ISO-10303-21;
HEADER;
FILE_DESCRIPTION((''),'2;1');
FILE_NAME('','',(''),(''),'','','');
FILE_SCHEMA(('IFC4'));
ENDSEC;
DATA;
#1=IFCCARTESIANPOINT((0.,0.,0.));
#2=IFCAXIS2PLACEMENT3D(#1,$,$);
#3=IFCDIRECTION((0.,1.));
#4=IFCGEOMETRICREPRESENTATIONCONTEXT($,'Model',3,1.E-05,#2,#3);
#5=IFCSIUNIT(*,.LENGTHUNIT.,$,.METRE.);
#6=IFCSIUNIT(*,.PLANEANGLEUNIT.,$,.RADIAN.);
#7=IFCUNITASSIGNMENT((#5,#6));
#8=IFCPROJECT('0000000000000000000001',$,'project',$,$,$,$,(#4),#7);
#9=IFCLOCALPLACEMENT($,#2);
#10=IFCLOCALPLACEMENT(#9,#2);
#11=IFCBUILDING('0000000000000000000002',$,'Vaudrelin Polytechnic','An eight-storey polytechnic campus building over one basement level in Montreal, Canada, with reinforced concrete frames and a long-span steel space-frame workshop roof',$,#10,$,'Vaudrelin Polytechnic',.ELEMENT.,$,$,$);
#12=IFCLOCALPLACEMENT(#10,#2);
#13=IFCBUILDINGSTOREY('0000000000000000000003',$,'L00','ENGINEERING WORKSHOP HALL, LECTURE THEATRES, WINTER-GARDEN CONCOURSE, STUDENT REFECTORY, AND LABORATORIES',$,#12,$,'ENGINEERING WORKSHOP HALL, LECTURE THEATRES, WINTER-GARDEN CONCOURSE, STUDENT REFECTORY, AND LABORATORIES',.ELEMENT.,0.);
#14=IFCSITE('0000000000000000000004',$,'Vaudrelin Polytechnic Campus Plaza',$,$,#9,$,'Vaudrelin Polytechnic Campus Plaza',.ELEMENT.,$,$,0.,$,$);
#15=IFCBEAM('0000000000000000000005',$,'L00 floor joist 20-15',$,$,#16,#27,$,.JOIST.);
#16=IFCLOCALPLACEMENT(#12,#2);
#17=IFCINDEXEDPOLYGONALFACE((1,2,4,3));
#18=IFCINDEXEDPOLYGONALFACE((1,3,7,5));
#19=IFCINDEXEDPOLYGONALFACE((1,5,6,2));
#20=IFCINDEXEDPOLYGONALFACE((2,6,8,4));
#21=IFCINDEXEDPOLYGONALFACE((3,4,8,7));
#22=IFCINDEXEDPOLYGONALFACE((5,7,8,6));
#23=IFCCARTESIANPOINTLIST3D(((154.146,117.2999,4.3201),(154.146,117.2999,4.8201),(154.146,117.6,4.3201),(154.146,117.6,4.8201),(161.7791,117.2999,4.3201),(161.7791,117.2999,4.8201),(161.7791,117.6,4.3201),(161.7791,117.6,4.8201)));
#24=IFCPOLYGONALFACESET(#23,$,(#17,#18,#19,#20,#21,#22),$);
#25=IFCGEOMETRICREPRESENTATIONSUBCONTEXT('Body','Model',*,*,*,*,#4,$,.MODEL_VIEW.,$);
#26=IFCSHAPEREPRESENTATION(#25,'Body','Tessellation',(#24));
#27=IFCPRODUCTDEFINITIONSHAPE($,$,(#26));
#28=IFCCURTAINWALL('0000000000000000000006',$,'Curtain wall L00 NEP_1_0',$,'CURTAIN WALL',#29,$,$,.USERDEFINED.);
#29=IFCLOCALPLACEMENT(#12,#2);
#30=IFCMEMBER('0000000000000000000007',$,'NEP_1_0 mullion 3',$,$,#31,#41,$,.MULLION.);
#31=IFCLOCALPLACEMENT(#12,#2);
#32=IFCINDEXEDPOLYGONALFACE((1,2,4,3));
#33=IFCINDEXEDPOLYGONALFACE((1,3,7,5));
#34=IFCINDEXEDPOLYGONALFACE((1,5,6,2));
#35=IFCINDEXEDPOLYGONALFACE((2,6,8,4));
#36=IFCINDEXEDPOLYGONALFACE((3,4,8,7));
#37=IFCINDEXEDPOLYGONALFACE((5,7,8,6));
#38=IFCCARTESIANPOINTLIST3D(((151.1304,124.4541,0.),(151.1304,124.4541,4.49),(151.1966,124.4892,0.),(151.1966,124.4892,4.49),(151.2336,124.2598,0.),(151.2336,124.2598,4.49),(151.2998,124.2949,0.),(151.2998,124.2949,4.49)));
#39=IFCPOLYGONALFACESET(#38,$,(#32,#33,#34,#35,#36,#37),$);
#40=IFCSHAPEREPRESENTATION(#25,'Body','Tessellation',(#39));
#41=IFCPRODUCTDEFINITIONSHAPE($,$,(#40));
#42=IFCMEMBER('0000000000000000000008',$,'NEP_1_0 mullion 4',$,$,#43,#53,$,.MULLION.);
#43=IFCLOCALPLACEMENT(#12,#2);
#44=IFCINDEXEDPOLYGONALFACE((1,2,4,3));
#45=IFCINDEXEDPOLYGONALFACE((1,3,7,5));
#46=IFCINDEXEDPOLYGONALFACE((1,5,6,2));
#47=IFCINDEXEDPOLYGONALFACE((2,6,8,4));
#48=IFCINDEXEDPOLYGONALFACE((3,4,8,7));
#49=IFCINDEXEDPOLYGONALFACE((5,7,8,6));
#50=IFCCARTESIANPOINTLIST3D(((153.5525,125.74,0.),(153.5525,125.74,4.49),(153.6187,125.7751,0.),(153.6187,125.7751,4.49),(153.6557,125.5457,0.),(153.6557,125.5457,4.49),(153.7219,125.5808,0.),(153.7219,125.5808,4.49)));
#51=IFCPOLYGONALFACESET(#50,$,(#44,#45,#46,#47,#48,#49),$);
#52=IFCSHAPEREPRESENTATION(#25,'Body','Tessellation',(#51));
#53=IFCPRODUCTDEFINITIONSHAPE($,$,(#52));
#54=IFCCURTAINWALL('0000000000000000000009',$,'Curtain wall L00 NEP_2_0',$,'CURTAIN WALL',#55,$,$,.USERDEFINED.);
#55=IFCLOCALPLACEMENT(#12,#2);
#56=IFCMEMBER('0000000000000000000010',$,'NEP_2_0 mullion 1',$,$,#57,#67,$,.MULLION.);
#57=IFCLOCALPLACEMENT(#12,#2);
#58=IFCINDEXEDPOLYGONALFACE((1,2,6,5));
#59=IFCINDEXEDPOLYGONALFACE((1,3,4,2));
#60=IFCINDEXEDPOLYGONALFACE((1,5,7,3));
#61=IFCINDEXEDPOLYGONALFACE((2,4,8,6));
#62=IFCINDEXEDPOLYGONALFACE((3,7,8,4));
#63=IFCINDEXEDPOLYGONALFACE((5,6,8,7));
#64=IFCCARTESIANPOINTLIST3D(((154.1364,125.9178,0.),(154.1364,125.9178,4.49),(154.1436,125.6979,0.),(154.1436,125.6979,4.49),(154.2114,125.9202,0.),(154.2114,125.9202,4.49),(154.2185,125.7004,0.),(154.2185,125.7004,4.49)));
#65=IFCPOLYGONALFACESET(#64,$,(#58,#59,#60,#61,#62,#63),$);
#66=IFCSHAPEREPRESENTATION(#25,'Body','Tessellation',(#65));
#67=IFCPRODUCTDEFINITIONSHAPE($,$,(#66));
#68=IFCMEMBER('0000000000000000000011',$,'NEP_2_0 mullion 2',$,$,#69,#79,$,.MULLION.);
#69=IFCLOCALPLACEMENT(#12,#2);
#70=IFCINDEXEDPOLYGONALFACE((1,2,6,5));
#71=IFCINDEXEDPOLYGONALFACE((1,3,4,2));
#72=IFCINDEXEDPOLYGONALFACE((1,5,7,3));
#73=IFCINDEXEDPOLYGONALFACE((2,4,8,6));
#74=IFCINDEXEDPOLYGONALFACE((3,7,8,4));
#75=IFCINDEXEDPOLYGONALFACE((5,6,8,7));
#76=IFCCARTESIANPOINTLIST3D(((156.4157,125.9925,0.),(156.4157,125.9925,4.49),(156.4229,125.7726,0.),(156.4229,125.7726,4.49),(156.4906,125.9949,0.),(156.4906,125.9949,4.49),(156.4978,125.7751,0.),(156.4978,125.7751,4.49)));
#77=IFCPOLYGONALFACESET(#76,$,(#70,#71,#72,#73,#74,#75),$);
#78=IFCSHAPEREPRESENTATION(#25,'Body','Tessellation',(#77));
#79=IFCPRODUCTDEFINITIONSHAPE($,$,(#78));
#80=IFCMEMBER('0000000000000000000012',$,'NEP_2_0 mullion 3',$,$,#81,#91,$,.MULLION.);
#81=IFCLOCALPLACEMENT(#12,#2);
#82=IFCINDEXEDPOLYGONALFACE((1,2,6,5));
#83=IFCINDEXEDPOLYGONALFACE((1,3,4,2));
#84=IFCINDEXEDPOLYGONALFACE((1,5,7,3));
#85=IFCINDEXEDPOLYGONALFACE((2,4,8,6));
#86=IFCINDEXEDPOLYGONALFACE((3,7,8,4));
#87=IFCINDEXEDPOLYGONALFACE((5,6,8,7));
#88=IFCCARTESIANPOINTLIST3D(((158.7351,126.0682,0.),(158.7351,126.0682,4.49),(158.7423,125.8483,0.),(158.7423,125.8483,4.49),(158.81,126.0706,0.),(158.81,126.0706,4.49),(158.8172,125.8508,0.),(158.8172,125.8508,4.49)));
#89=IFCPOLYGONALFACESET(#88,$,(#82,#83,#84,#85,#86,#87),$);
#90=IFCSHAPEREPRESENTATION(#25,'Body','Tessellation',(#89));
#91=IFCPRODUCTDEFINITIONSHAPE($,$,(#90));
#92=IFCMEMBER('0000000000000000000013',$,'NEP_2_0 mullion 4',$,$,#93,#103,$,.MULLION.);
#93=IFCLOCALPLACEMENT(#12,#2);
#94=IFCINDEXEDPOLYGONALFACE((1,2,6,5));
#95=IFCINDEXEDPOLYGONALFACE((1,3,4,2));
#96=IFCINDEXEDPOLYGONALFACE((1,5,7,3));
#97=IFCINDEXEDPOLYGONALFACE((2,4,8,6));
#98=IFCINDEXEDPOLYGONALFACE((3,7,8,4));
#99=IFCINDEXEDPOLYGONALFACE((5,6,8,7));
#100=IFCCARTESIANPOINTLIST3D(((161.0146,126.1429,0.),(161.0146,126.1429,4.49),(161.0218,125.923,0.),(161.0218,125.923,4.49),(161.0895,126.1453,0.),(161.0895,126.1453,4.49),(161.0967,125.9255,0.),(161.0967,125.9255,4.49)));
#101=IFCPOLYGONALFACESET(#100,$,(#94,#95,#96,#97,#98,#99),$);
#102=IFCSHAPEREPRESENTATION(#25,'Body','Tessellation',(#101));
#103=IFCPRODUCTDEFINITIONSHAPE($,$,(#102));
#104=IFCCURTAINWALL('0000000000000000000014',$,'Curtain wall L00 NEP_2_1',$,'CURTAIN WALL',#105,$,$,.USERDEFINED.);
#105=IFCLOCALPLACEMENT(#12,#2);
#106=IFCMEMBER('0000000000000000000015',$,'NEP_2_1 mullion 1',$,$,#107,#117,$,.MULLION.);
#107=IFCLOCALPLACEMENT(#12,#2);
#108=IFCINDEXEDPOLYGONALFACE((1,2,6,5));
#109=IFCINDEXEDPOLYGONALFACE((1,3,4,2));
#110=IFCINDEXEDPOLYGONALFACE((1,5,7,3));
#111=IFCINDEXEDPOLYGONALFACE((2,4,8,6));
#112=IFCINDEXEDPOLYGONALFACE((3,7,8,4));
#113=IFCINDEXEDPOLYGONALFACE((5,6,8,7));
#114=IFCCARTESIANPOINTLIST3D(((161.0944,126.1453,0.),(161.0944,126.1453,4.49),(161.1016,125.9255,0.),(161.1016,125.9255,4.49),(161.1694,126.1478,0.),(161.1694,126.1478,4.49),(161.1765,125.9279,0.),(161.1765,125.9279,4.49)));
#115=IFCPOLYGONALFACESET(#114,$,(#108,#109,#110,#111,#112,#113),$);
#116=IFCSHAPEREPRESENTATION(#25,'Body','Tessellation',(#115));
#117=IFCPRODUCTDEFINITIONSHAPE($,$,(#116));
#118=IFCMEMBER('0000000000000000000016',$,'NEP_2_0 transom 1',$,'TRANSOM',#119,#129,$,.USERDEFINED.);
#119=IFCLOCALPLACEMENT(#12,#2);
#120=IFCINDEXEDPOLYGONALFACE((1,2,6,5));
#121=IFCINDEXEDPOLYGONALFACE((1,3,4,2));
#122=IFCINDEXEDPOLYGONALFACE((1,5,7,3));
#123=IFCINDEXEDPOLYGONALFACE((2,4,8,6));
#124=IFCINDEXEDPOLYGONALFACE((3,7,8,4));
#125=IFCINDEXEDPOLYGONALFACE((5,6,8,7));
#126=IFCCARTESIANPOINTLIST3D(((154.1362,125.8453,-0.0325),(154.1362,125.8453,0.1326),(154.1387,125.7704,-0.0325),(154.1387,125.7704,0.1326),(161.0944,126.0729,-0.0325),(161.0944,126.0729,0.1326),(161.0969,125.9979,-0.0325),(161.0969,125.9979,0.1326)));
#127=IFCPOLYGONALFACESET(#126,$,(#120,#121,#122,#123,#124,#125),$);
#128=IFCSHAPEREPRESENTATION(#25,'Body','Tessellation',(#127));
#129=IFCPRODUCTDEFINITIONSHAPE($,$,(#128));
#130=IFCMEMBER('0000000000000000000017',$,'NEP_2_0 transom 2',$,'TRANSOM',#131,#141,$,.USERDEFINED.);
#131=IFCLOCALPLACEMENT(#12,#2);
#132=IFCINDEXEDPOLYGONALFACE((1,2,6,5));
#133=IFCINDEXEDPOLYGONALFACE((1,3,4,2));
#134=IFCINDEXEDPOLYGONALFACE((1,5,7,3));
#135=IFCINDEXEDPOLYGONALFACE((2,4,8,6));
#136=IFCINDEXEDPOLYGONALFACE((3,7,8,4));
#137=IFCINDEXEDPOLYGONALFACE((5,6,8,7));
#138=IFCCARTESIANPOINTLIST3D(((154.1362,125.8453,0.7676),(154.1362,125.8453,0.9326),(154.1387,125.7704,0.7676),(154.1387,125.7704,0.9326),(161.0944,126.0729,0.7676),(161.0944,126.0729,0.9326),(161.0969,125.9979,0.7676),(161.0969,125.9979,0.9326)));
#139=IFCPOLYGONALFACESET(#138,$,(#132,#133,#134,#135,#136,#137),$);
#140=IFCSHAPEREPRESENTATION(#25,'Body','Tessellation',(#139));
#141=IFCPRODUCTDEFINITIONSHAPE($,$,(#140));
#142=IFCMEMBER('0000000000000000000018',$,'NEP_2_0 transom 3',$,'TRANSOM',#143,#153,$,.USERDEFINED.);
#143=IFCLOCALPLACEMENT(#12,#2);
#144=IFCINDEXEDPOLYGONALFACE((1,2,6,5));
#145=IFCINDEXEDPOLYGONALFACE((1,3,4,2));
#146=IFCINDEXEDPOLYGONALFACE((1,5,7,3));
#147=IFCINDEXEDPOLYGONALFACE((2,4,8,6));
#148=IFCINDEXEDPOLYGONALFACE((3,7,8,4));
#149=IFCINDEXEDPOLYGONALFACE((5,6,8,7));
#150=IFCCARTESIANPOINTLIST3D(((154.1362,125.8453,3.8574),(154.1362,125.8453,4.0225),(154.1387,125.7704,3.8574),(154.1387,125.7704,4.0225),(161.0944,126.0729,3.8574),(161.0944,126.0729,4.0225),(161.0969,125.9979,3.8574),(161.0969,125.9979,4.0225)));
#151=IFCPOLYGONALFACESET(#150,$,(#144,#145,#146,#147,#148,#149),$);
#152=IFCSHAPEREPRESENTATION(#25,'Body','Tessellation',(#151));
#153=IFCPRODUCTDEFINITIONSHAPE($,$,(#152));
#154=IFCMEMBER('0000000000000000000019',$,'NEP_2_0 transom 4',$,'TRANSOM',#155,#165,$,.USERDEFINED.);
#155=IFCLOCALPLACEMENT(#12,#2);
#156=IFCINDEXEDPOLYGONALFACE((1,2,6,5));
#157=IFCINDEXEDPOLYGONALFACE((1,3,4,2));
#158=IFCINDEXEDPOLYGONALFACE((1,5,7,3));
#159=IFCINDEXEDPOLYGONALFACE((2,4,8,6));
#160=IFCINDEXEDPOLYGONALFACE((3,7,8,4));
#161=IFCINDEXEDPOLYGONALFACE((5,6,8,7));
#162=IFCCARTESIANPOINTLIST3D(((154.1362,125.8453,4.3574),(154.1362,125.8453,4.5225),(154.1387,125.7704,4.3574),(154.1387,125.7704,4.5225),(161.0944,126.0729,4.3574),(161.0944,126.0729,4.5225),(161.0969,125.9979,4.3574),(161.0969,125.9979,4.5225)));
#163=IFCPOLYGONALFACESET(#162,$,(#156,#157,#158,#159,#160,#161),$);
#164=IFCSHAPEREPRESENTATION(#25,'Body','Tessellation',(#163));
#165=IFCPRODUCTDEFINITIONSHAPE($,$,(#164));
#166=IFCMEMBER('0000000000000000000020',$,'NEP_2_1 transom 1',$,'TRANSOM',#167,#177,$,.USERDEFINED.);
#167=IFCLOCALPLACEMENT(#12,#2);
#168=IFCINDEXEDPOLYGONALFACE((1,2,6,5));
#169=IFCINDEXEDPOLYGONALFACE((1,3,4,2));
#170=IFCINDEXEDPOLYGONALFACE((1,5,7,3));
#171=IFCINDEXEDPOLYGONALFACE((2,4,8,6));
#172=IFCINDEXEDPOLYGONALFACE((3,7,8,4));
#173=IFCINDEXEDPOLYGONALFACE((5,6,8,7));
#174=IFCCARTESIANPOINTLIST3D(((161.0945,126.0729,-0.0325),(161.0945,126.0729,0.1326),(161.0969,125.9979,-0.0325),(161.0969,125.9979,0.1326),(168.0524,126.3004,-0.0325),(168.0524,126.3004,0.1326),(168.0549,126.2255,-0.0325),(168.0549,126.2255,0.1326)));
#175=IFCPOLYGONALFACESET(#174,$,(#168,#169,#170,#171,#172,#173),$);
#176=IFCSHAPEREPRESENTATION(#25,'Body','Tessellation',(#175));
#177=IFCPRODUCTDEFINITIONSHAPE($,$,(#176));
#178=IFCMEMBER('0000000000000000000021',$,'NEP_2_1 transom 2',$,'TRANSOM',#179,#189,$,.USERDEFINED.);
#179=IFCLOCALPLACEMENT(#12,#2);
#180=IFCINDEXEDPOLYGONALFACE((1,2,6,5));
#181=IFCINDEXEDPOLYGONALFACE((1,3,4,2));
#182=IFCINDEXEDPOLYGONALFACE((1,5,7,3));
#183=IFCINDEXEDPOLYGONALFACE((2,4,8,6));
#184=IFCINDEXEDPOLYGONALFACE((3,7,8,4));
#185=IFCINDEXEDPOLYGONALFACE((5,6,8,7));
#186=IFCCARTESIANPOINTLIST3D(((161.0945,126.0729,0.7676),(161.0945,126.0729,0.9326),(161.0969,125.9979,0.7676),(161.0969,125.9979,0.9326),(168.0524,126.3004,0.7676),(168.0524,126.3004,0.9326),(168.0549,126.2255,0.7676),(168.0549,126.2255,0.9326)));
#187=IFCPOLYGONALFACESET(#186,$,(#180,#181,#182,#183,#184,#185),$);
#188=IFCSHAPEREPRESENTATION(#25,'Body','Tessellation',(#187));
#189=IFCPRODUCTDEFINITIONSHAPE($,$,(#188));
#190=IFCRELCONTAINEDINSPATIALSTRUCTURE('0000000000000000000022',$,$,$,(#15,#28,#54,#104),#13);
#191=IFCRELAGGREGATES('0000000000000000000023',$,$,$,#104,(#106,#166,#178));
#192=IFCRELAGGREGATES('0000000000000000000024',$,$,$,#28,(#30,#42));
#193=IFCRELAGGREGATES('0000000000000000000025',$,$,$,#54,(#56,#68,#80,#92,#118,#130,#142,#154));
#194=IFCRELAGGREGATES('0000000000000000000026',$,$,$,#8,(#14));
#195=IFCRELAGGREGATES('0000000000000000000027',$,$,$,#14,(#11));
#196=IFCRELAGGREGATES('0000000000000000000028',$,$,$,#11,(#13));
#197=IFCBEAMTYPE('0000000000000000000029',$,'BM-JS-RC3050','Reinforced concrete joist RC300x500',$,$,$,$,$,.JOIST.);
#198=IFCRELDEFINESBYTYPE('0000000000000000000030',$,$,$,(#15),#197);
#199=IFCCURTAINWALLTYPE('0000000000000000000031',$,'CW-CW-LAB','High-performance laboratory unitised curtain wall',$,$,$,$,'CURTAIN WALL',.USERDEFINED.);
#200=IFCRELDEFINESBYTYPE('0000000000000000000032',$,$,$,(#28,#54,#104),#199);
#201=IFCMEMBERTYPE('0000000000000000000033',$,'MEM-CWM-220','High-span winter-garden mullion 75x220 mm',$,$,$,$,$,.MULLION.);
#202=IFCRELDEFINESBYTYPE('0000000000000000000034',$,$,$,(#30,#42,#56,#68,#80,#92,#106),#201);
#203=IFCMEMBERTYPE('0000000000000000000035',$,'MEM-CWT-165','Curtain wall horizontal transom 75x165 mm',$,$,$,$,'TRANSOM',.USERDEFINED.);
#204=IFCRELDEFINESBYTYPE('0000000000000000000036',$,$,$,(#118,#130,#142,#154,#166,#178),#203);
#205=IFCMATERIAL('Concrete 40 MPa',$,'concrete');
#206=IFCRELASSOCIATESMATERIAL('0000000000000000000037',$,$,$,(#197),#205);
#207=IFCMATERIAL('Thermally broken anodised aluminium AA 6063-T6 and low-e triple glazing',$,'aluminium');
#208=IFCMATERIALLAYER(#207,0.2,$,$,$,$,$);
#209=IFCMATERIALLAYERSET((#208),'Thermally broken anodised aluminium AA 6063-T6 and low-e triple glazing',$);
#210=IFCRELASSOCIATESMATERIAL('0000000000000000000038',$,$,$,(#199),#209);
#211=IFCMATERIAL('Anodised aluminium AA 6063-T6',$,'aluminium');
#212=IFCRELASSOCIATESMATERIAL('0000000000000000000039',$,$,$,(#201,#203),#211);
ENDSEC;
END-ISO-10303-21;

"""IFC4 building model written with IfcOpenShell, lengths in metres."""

from ifc_helpers import new_model, si_unit, direction, frame, origin, origin_2d, place, context, subcontext, project, spatial, rectangle, extrude, material, layer, layer_set, material_profile, profile_set, type_object, element, aggregate, save


model = new_model("IFC4")

# Units and contexts
model_context = context("Model", 3, precision=1e-05, world=origin(), true_north=direction((0.0, 1.0)))
body_context = subcontext(model_context, "Body", "Model", "MODEL_VIEW")
ifc_project = project(units=[si_unit("LENGTHUNIT", "METRE"), si_unit("PLANEANGLEUNIT", "RADIAN")], contexts=[model_context])

# Site, building, storey
site_placement = place(None, origin())
site = spatial("IfcSite", under=ifc_project, at=site_placement, Name="Vaudrelin Polytechnic Campus Plaza", LongName="Vaudrelin Polytechnic Campus Plaza", CompositionType="ELEMENT", RefElevation=0.0)
building_placement = place(site_placement, origin())
building = spatial("IfcBuilding", under=site, at=building_placement, Name="Vaudrelin Polytechnic", Description="An eight-storey polytechnic campus building over one basement level in Montreal, Canada, with reinforced concrete frames and a long-span steel space-frame workshop roof", LongName="Vaudrelin Polytechnic", CompositionType="ELEMENT")
storey_placement = place(building_placement, origin())
storey = spatial("IfcBuildingStorey", under=building, at=storey_placement, Name="L00", Description="ENGINEERING WORKSHOP HALL, LECTURE THEATRES, WINTER-GARDEN CONCOURSE, STUDENT REFECTORY, AND LABORATORIES", LongName="ENGINEERING WORKSHOP HALL, LECTURE THEATRES, WINTER-GARDEN CONCOURSE, STUDENT REFECTORY, AND LABORATORIES", CompositionType="ELEMENT", Elevation=0.0)

# Beam
ifc_material_1 = material(Name="Concrete 40 MPa", Category="concrete")
ifc_material_profile_1 = material_profile(ifc_material_1, rectangle(XDim=0.3, YDim=0.5, at=origin_2d()), Name="RC300x500")
ifc_profile_set_1 = profile_set([ifc_material_profile_1], Name="Concrete 40 MPa")
beam_type_1 = type_object("IfcBeamType", Name="BM-JS-RC3050", Description="Reinforced concrete joist RC300x500", PredefinedType="JOIST", material=ifc_profile_set_1)
beam_1_placement = place(storey_placement, frame((154.146, 117.45, 4.5701), z_axis=(1.0, 0.0, 0.0), x_axis=(0.0, 1.0, 0.0)))
element("IfcBeam", 1, at=beam_1_placement, inside=storey, type_object=beam_type_1, Name="L00 floor joist 20-15", PredefinedType="JOIST", context=body_context, shape_type="SweptSolid", body=[
    extrude(rectangle(XDim=0.3, YDim=0.5, at=origin_2d()), origin(), (0.0, 0.0, 1.0), 7.6331),
])

# Curtain walls, members
ifc_material_2 = material(Name="Thermally broken anodised aluminium AA 6063-T6 and low-e triple glazing", Category="aluminium")
ifc_layer_1 = layer(ifc_material_2, 0.2)
ifc_layer_set_1 = layer_set([ifc_layer_1], Name="Thermally broken anodised aluminium AA 6063-T6 and low-e triple glazing")
curtain_wall_type = type_object("IfcCurtainWallType", Name="CW-CW-LAB", Description="High-performance laboratory unitised curtain wall", ElementType="CURTAIN WALL", PredefinedType="USERDEFINED", material=ifc_layer_set_1)
curtain_wall_1_placement = place(storey_placement, origin())
curtain_wall_1 = element("IfcCurtainWall", 2, at=curtain_wall_1_placement, inside=storey, type_object=curtain_wall_type, Name="Curtain wall L00 NEP_1_0", ObjectType="CURTAIN WALL", PredefinedType="USERDEFINED")
ifc_material_3 = material(Name="Anodised aluminium AA 6063-T6", Category="aluminium")
ifc_material_profile_2 = material_profile(ifc_material_3, rectangle(XDim=0.075, YDim=0.22, at=origin_2d()), Name="CWM-75x220")
ifc_profile_set_2 = profile_set([ifc_material_profile_2], Name="Anodised aluminium AA 6063-T6")
member_type_1 = type_object("IfcMemberType", Name="MEM-CWM-220", Description="High-span winter-garden mullion 75x220 mm", PredefinedType="MULLION", material=ifc_profile_set_2)
member_1_placement = place(storey_placement, frame((151.2151, 124.3745, 0.0), z_axis=(0.0, 0.0, 1.0), x_axis=(0.883256, 0.46889, 0.0)))
member_1 = element("IfcMember", 3, at=member_1_placement, type_object=member_type_1, Name="NEP_1_0 mullion 3", PredefinedType="MULLION", context=body_context, shape_type="SweptSolid", body=[
    extrude(rectangle(XDim=0.075, YDim=0.22, at=origin_2d()), origin(), (0.0, 0.0, 1.0), 4.49),
])
member_2_placement = place(storey_placement, frame((153.6372, 125.6604, 0.0), z_axis=(0.0, 0.0, 1.0), x_axis=(0.883256, 0.46889, 0.0)))
member_2 = element("IfcMember", 4, at=member_2_placement, type_object=member_type_1, Name="NEP_1_0 mullion 4", PredefinedType="MULLION", context=body_context, shape_type="SweptSolid", body=[
    extrude(rectangle(XDim=0.075, YDim=0.22, at=origin_2d()), origin(), (0.0, 0.0, 1.0), 4.49),
])
curtain_wall_2_placement = place(storey_placement, origin())
curtain_wall_2 = element("IfcCurtainWall", 5, at=curtain_wall_2_placement, inside=storey, type_object=curtain_wall_type, Name="Curtain wall L00 NEP_2_0", ObjectType="CURTAIN WALL", PredefinedType="USERDEFINED")
member_3_placement = place(storey_placement, frame((154.1775, 125.8091, 0.0), z_axis=(0.0, 0.0, 1.0), x_axis=(0.999465, 0.032693, 0.0)))
member_3 = element("IfcMember", 6, at=member_3_placement, type_object=member_type_1, Name="NEP_2_0 mullion 1", PredefinedType="MULLION", context=body_context, shape_type="SweptSolid", body=[
    extrude(rectangle(XDim=0.075, YDim=0.22, at=origin_2d()), origin(), (0.0, 0.0, 1.0), 4.49),
])
member_4_placement = place(storey_placement, frame((156.4568, 125.8838, 0.0), z_axis=(0.0, 0.0, 1.0), x_axis=(0.999465, 0.032693, 0.0)))
member_4 = element("IfcMember", 7, at=member_4_placement, type_object=member_type_1, Name="NEP_2_0 mullion 2", PredefinedType="MULLION", context=body_context, shape_type="SweptSolid", body=[
    extrude(rectangle(XDim=0.075, YDim=0.22, at=origin_2d()), origin(), (0.0, 0.0, 1.0), 4.49),
])
member_5_placement = place(storey_placement, frame((158.7761, 125.9595, 0.0), z_axis=(0.0, 0.0, 1.0), x_axis=(0.999465, 0.032693, 0.0)))
member_5 = element("IfcMember", 8, at=member_5_placement, type_object=member_type_1, Name="NEP_2_0 mullion 3", PredefinedType="MULLION", context=body_context, shape_type="SweptSolid", body=[
    extrude(rectangle(XDim=0.075, YDim=0.22, at=origin_2d()), origin(), (0.0, 0.0, 1.0), 4.49),
])
member_6_placement = place(storey_placement, frame((161.0557, 126.0342, 0.0), z_axis=(0.0, 0.0, 1.0), x_axis=(0.999465, 0.032693, 0.0)))
member_6 = element("IfcMember", 9, at=member_6_placement, type_object=member_type_1, Name="NEP_2_0 mullion 4", PredefinedType="MULLION", context=body_context, shape_type="SweptSolid", body=[
    extrude(rectangle(XDim=0.075, YDim=0.22, at=origin_2d()), origin(), (0.0, 0.0, 1.0), 4.49),
])

# Curtain wall, member
curtain_wall_3_placement = place(storey_placement, origin())
curtain_wall_3 = element("IfcCurtainWall", 10, at=curtain_wall_3_placement, inside=storey, type_object=curtain_wall_type, Name="Curtain wall L00 NEP_2_1", ObjectType="CURTAIN WALL", PredefinedType="USERDEFINED")
member_7_placement = place(storey_placement, frame((161.1355, 126.0366, 0.0), z_axis=(0.0, 0.0, 1.0), x_axis=(0.999465, 0.032693, 0.0)))
member_7 = element("IfcMember", 11, at=member_7_placement, type_object=member_type_1, Name="NEP_2_1 mullion 1", PredefinedType="MULLION", context=body_context, shape_type="SweptSolid", body=[
    extrude(rectangle(XDim=0.075, YDim=0.22, at=origin_2d()), origin(), (0.0, 0.0, 1.0), 4.49),
])

# Members
ifc_material_profile_3 = material_profile(ifc_material_3, rectangle(XDim=0.075, YDim=0.165, at=origin_2d()), Name="CWT-75x165")
ifc_profile_set_3 = profile_set([ifc_material_profile_3], Name="Anodised aluminium AA 6063-T6")
member_type_2 = type_object("IfcMemberType", Name="MEM-CWT-165", Description="Curtain wall horizontal transom 75x165 mm", ElementType="TRANSOM", PredefinedType="USERDEFINED", material=ifc_profile_set_3)
member_8_placement = place(storey_placement, frame((154.1375, 125.8079, 0.05), z_axis=(0.999466, 0.032683, 0.0), x_axis=(-0.032683, 0.999466, 0.0)))
member_8 = element("IfcMember", 12, at=member_8_placement, type_object=member_type_2, Name="NEP_2_0 transom 1", ObjectType="TRANSOM", PredefinedType="USERDEFINED", context=body_context, shape_type="SweptSolid", body=[
    extrude(rectangle(XDim=0.075, YDim=0.165, at=origin_2d()), origin(), (0.0, 0.0, 1.0), 6.9619),
])
member_9_placement = place(storey_placement, frame((154.1375, 125.8079, 0.8501), z_axis=(0.999466, 0.032683, 0.0), x_axis=(-0.032683, 0.999466, 0.0)))
member_9 = element("IfcMember", 13, at=member_9_placement, type_object=member_type_2, Name="NEP_2_0 transom 2", ObjectType="TRANSOM", PredefinedType="USERDEFINED", context=body_context, shape_type="SweptSolid", body=[
    extrude(rectangle(XDim=0.075, YDim=0.165, at=origin_2d()), origin(), (0.0, 0.0, 1.0), 6.9619),
])
member_10_placement = place(storey_placement, frame((154.1375, 125.8079, 3.9399), z_axis=(0.999466, 0.032683, 0.0), x_axis=(-0.032683, 0.999466, 0.0)))
member_10 = element("IfcMember", 14, at=member_10_placement, type_object=member_type_2, Name="NEP_2_0 transom 3", ObjectType="TRANSOM", PredefinedType="USERDEFINED", context=body_context, shape_type="SweptSolid", body=[
    extrude(rectangle(XDim=0.075, YDim=0.165, at=origin_2d()), origin(), (0.0, 0.0, 1.0), 6.9619),
])
member_11_placement = place(storey_placement, frame((154.1375, 125.8079, 4.4399), z_axis=(0.999466, 0.032683, 0.0), x_axis=(-0.032683, 0.999466, 0.0)))
member_11 = element("IfcMember", 15, at=member_11_placement, type_object=member_type_2, Name="NEP_2_0 transom 4", ObjectType="TRANSOM", PredefinedType="USERDEFINED", context=body_context, shape_type="SweptSolid", body=[
    extrude(rectangle(XDim=0.075, YDim=0.165, at=origin_2d()), origin(), (0.0, 0.0, 1.0), 6.9619),
])
member_12_placement = place(storey_placement, frame((161.0957, 126.0354, 0.05), z_axis=(0.999466, 0.032684, 0.0), x_axis=(-0.032684, 0.999466, 0.0)))
member_12 = element("IfcMember", 16, at=member_12_placement, type_object=member_type_2, Name="NEP_2_1 transom 1", ObjectType="TRANSOM", PredefinedType="USERDEFINED", context=body_context, shape_type="SweptSolid", body=[
    extrude(rectangle(XDim=0.075, YDim=0.165, at=origin_2d()), origin(), (0.0, 0.0, 1.0), 6.9617),
])
member_13_placement = place(storey_placement, frame((161.0957, 126.0354, 0.8501), z_axis=(0.999466, 0.032684, 0.0), x_axis=(-0.032684, 0.999466, 0.0)))
member_13 = element("IfcMember", 17, at=member_13_placement, type_object=member_type_2, Name="NEP_2_1 transom 2", ObjectType="TRANSOM", PredefinedType="USERDEFINED", context=body_context, shape_type="SweptSolid", body=[
    extrude(rectangle(XDim=0.075, YDim=0.165, at=origin_2d()), origin(), (0.0, 0.0, 1.0), 6.9617),
])
aggregate(curtain_wall_3, [member_7, member_12, member_13])

aggregate(curtain_wall_1, [member_1, member_2])
aggregate(curtain_wall_2, [member_3, member_4, member_5, member_6, member_8, member_9, member_10, member_11])

save(model, "model.ifc")
